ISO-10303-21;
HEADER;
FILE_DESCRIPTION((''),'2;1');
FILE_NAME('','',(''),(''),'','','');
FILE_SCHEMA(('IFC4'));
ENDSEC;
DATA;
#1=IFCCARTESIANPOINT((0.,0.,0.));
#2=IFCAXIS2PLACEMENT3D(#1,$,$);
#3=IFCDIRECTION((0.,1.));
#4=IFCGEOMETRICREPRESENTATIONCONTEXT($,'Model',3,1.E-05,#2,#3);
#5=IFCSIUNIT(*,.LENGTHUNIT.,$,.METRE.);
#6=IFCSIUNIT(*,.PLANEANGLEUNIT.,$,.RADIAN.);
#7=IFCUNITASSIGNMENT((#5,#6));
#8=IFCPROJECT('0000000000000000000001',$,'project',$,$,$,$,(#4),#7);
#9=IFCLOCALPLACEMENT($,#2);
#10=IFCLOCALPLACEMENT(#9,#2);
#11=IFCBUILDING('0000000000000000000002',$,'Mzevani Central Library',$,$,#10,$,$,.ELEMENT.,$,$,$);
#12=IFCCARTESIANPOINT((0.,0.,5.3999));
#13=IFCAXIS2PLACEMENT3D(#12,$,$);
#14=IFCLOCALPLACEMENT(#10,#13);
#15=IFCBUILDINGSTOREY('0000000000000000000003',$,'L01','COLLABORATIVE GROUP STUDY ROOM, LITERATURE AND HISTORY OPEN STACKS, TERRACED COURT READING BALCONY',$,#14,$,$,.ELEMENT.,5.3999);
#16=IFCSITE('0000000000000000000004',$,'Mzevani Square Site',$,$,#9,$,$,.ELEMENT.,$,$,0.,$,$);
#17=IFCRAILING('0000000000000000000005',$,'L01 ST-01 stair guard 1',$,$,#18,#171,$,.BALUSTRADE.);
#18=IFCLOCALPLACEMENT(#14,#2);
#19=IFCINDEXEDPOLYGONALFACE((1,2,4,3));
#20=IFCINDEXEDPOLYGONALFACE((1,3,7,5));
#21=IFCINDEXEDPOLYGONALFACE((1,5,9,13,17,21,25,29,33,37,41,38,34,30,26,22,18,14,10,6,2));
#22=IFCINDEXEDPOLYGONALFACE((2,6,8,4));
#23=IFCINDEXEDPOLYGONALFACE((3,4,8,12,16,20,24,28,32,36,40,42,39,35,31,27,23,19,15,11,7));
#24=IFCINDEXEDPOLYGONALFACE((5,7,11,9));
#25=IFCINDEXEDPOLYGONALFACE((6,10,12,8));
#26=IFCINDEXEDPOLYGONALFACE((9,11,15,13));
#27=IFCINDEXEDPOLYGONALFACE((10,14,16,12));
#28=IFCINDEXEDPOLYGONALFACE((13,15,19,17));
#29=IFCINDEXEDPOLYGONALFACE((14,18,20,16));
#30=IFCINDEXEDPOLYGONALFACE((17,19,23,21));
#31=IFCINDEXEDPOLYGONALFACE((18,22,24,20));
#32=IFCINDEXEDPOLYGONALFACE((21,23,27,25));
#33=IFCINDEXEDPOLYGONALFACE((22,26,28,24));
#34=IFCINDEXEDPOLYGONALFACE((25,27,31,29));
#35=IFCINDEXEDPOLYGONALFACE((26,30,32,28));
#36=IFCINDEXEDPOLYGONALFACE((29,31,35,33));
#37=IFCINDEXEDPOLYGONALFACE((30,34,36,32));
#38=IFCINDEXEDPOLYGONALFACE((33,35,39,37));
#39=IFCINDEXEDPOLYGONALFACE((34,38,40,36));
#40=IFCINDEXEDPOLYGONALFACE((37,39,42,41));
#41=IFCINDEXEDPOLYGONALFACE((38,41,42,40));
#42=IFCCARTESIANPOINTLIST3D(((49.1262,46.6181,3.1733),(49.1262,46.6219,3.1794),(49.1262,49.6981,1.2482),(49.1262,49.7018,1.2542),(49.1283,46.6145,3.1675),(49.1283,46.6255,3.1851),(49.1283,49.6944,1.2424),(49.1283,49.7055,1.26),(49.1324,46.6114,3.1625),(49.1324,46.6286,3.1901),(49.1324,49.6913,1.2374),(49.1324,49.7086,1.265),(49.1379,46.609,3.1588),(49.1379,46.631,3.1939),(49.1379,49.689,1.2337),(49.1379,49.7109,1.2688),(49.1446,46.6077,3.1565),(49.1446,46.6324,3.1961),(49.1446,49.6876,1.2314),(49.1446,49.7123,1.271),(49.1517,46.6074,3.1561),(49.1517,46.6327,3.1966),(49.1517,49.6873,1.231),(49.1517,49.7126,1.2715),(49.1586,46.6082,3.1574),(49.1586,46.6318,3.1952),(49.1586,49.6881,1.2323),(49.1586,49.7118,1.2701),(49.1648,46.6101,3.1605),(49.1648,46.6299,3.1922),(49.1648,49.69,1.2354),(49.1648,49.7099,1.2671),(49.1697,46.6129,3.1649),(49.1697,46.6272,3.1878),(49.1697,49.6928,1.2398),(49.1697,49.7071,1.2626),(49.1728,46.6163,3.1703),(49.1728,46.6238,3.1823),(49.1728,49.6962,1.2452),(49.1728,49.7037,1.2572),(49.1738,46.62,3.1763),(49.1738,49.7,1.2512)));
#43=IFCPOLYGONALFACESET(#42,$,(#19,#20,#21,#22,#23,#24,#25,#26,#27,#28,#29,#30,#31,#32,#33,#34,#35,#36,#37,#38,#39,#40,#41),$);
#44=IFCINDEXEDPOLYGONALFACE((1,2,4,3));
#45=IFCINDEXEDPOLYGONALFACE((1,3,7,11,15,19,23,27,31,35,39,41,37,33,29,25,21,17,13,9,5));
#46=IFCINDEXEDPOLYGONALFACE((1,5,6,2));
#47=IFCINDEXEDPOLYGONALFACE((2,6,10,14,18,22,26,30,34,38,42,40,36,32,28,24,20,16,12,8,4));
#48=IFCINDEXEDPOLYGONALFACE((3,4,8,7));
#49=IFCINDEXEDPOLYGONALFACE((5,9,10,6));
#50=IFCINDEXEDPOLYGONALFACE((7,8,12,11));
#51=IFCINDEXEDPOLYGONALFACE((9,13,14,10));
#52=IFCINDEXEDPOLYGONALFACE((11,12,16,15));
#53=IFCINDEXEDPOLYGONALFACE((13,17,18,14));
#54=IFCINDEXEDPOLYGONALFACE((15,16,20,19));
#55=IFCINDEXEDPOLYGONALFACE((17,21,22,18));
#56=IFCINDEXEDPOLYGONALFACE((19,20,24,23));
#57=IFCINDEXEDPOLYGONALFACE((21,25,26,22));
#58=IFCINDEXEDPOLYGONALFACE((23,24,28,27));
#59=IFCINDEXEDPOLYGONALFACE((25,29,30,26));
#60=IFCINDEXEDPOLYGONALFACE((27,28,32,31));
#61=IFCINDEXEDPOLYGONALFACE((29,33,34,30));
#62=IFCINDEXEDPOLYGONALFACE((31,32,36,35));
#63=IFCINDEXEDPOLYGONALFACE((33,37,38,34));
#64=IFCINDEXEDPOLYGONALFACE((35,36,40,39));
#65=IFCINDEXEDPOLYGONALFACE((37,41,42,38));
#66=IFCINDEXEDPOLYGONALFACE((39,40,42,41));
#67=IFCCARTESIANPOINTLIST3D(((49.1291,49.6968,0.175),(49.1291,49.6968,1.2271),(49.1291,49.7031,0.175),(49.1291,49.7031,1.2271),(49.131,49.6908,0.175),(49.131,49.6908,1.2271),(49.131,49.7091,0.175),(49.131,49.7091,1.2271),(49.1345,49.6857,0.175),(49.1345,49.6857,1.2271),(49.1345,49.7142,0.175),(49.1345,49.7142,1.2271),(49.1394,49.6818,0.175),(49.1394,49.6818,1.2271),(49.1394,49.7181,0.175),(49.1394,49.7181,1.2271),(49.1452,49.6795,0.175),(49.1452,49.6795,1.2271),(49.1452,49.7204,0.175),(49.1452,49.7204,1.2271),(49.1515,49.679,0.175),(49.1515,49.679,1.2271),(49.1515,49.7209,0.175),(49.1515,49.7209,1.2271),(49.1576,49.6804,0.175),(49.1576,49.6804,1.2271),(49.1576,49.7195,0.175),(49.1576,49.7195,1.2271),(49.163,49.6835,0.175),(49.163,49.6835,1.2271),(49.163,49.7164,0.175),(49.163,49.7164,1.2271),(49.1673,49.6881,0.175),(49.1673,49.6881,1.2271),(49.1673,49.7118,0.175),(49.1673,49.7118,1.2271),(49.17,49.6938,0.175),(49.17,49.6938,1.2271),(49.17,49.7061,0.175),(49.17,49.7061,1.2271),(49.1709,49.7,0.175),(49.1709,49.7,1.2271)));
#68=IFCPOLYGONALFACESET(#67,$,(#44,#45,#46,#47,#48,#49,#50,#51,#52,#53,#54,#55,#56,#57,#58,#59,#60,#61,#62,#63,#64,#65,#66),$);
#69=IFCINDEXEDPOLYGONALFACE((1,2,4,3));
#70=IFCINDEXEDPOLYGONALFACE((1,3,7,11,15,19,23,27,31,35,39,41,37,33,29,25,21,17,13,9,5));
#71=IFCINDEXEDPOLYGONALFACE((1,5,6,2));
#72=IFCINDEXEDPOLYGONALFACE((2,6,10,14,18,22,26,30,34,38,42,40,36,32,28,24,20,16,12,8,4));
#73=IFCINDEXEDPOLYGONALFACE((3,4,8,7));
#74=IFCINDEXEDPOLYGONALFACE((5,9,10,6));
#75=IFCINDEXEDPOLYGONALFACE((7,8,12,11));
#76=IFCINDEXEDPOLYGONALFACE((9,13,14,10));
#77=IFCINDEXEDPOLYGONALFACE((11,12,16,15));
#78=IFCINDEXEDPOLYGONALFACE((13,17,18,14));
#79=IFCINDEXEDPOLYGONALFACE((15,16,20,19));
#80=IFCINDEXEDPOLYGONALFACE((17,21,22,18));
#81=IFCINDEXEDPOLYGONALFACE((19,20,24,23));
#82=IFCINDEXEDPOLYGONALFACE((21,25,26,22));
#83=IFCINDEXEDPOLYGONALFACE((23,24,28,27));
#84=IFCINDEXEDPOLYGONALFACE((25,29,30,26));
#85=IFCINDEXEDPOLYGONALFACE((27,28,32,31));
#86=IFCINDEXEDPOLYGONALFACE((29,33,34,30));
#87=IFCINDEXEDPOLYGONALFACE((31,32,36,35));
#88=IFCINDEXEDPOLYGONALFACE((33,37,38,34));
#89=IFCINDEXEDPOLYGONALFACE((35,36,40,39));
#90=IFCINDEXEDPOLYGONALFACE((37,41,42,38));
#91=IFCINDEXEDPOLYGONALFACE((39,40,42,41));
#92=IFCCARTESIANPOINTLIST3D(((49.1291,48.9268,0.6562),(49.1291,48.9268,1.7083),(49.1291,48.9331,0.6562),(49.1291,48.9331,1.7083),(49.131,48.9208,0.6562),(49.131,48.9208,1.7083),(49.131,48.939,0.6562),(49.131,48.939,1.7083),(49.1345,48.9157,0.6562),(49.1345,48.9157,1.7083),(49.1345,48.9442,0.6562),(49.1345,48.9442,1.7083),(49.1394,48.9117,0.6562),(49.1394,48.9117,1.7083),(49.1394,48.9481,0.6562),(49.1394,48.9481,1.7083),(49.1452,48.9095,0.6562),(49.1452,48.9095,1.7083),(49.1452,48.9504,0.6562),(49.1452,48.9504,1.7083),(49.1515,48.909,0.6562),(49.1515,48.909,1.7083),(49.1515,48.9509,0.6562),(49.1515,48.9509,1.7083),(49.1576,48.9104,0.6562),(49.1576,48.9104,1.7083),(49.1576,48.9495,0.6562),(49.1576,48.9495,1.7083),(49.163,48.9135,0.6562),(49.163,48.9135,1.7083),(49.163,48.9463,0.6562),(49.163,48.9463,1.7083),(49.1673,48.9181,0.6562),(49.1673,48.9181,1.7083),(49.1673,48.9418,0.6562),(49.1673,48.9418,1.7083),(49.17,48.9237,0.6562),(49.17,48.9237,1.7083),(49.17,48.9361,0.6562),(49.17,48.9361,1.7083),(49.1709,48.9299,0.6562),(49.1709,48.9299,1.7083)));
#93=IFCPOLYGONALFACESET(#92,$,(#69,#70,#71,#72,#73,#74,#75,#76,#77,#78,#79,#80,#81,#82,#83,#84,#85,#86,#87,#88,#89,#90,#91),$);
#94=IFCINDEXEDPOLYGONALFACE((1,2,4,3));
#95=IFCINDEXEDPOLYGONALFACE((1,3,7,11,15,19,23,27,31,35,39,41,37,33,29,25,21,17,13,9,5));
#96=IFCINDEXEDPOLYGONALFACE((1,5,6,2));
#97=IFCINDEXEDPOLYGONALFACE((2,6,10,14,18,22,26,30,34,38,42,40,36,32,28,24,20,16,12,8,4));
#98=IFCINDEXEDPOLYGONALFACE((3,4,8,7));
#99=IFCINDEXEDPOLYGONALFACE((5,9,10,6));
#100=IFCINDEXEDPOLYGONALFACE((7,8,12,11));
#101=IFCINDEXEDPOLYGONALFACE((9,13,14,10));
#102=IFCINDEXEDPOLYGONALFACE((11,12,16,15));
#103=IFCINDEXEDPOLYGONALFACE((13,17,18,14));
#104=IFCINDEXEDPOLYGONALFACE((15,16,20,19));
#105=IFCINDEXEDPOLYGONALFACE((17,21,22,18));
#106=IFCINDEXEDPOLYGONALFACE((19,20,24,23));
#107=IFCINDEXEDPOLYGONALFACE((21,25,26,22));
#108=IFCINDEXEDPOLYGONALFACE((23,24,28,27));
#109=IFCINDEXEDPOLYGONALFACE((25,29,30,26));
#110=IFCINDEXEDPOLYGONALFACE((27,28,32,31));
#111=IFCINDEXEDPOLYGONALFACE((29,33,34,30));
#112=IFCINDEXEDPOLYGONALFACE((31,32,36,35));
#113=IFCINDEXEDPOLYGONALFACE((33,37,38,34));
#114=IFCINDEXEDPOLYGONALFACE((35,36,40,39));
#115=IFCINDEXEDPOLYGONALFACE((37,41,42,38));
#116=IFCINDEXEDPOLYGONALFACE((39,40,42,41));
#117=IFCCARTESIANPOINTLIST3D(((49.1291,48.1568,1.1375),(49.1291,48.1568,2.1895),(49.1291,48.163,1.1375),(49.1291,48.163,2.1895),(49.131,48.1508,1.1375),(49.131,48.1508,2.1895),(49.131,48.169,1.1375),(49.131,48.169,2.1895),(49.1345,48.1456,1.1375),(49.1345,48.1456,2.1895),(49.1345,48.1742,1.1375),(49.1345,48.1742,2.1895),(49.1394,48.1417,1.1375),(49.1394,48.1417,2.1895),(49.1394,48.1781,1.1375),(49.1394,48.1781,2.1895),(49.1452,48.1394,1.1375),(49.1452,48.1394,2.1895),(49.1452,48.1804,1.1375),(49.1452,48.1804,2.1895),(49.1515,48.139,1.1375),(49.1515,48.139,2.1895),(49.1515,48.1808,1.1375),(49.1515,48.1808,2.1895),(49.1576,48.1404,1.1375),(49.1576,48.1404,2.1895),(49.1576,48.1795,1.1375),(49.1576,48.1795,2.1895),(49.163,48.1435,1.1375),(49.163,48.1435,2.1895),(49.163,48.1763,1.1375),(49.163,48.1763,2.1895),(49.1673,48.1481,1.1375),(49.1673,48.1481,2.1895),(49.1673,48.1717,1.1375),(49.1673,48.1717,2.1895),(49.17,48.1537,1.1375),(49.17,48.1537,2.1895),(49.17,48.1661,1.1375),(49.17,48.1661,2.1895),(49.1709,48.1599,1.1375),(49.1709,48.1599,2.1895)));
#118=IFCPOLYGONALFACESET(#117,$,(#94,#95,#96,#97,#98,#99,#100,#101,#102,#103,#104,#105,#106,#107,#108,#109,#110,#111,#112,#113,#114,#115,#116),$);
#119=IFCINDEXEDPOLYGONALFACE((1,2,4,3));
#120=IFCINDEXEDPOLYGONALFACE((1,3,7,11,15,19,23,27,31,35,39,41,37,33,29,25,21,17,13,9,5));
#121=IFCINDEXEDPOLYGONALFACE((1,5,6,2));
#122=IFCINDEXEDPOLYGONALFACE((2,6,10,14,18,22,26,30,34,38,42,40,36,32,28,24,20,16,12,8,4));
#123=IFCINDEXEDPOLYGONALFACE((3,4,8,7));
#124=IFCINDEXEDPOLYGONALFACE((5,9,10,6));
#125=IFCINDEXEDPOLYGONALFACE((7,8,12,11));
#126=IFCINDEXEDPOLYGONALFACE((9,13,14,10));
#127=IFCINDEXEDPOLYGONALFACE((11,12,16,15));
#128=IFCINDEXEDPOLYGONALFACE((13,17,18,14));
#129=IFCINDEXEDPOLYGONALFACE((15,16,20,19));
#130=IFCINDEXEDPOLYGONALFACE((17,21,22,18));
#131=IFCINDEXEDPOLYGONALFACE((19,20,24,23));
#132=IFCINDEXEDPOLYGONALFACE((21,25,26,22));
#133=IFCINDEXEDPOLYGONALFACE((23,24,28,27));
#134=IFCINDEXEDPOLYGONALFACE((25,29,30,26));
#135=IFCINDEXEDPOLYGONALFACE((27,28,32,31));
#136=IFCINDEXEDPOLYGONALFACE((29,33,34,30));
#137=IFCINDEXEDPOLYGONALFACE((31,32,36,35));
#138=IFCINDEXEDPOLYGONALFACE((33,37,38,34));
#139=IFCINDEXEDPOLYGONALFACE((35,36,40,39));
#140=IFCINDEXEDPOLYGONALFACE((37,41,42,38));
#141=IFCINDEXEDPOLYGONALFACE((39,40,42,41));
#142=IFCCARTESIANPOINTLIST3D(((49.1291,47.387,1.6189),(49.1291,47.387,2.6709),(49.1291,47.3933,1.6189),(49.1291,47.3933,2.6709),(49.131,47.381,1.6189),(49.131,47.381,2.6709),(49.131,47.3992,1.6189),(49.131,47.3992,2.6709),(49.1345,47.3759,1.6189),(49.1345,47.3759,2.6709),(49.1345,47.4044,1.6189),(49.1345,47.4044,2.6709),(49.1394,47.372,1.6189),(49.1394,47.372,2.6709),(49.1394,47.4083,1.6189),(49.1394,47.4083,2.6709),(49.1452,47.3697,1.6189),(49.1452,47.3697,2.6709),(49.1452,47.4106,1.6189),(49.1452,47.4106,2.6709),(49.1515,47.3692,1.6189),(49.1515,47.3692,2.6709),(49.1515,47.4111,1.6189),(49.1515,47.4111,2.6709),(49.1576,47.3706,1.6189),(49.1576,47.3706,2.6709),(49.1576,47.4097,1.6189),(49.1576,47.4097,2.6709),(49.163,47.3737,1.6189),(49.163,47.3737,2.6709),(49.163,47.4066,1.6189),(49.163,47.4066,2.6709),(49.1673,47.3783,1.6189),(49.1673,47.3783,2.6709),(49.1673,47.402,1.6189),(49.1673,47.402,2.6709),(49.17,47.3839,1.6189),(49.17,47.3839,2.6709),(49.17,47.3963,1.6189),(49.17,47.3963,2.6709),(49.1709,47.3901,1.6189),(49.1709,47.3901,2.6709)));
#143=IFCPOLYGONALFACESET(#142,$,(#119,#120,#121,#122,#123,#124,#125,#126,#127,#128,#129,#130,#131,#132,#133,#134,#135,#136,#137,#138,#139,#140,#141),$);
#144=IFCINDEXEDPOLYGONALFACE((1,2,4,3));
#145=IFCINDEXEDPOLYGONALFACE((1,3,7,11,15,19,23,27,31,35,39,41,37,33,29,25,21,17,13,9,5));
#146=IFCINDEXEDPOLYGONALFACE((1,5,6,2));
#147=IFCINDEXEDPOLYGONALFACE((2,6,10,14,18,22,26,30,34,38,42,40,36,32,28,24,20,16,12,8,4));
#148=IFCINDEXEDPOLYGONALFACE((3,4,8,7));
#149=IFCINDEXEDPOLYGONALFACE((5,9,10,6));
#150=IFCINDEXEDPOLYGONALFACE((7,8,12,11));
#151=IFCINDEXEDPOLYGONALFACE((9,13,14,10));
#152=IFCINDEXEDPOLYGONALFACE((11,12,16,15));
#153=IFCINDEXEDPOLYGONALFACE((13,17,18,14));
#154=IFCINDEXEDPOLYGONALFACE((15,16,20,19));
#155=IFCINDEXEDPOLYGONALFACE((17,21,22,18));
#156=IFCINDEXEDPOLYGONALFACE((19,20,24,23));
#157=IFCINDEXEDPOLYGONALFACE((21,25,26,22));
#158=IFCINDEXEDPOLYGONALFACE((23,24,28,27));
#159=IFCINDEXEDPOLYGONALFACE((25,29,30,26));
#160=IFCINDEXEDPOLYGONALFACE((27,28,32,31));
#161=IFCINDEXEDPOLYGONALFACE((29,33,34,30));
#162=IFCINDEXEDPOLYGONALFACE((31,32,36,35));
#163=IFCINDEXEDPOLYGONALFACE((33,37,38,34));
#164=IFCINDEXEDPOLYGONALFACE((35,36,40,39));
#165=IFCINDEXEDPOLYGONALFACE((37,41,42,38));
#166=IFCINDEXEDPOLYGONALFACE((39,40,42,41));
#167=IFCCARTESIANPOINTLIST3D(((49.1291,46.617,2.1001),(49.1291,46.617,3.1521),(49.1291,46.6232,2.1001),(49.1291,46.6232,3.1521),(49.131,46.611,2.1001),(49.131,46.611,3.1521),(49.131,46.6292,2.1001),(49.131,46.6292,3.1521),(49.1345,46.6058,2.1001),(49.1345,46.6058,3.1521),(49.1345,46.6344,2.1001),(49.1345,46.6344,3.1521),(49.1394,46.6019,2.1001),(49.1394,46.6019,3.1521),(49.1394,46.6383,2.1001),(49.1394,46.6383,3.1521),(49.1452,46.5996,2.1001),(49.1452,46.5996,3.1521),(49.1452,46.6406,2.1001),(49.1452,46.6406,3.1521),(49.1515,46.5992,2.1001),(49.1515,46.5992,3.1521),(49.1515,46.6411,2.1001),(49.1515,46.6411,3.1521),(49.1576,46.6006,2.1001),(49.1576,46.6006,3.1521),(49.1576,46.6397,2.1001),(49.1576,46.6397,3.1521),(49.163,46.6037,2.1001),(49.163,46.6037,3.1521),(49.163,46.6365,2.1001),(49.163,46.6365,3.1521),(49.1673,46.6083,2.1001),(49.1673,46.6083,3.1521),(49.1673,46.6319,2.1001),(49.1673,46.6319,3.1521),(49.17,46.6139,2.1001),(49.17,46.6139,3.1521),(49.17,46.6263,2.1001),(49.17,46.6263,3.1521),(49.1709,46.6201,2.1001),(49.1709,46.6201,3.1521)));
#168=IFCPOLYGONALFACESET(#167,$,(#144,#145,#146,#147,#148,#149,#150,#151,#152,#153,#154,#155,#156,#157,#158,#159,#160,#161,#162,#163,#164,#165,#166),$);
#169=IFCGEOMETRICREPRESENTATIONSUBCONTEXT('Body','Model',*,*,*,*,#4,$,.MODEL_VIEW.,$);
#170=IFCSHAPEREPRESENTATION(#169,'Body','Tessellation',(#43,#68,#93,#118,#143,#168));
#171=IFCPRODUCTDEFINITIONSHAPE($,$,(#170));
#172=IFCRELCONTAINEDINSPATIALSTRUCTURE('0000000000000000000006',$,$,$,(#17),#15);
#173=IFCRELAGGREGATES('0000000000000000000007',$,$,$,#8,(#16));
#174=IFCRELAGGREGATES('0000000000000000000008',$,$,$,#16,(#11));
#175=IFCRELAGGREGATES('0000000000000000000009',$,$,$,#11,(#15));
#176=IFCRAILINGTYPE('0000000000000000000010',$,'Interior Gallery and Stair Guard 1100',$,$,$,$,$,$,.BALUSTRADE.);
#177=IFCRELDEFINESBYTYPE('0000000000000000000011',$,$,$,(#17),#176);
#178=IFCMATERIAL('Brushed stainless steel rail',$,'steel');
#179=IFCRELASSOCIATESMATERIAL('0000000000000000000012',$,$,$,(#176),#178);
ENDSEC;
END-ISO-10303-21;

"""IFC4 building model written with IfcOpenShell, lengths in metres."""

from ifc_helpers import new_model, si_unit, direction, frame, origin, origin_2d, place, context, subcontext, project, spatial, circle, extrude, material, type_object, element, save


model = new_model("IFC4")

# Units and contexts
model_context = context("Model", 3, precision=1e-05, world=origin(), true_north=direction((0.0, 1.0)))
body_context = subcontext(model_context, "Body", "Model", "MODEL_VIEW")
ifc_project = project(units=[si_unit("LENGTHUNIT", "METRE"), si_unit("PLANEANGLEUNIT", "RADIAN")], contexts=[model_context])

# Site, building, storey
site_placement = place(None, origin())
site = spatial("IfcSite", under=ifc_project, at=site_placement, Name="Mzevani Square Site", CompositionType="ELEMENT", RefElevation=0.0)
building_placement = place(site_placement, origin())
building = spatial("IfcBuilding", under=site, at=building_placement, Name="Mzevani Central Library", CompositionType="ELEMENT")
storey_placement = place(building_placement, frame((0.0, 0.0, 5.3999)))
storey = spatial("IfcBuildingStorey", under=building, at=storey_placement, Name="L01", Description="COLLABORATIVE GROUP STUDY ROOM, LITERATURE AND HISTORY OPEN STACKS, TERRACED COURT READING BALCONY", CompositionType="ELEMENT", Elevation=5.3999)

# Railing
ifc_material_1 = material(Name="Brushed stainless steel rail", Category="steel")
railing_type_1 = type_object("IfcRailingType", Name="Interior Gallery and Stair Guard 1100", PredefinedType="BALUSTRADE", material=ifc_material_1)
railing_1_placement = place(storey_placement, frame((49.1499, 49.7, 0.175)))
element("IfcRailing", 1, at=railing_1_placement, inside=storey, type_object=railing_type_1, Name="L01 ST-01 stair guard 1", PredefinedType="BALUSTRADE", context=body_context, shape_type="SweptSolid", body=[
    extrude(circle(Radius=0.0239, at=origin_2d()), frame((0.0, 0.0, 1.0762), z_axis=(0.0, -0.847979, 0.530029), x_axis=(1.0, 0.0, 0.0)), (0.0, 0.0, 1.0), 3.6321),
    extrude(circle(Radius=0.021, at=origin_2d()), origin(), (0.0, 0.0, 1.0), 1.052),
    extrude(circle(Radius=0.021, at=origin_2d()), frame((0.0, -0.77, 0.4812)), (0.0, 0.0, 1.0), 1.052),
    extrude(circle(Radius=0.021, at=origin_2d()), frame((0.0, -1.54, 0.9624)), (0.0, 0.0, 1.0), 1.052),
    extrude(circle(Radius=0.021, at=origin_2d()), frame((0.0, -2.3098, 1.4438)), (0.0, 0.0, 1.0), 1.052),
    extrude(circle(Radius=0.021, at=origin_2d()), frame((0.0, -3.0798, 1.925)), (0.0, 0.0, 1.0), 1.052),
])

save(model, "model.ifc")
